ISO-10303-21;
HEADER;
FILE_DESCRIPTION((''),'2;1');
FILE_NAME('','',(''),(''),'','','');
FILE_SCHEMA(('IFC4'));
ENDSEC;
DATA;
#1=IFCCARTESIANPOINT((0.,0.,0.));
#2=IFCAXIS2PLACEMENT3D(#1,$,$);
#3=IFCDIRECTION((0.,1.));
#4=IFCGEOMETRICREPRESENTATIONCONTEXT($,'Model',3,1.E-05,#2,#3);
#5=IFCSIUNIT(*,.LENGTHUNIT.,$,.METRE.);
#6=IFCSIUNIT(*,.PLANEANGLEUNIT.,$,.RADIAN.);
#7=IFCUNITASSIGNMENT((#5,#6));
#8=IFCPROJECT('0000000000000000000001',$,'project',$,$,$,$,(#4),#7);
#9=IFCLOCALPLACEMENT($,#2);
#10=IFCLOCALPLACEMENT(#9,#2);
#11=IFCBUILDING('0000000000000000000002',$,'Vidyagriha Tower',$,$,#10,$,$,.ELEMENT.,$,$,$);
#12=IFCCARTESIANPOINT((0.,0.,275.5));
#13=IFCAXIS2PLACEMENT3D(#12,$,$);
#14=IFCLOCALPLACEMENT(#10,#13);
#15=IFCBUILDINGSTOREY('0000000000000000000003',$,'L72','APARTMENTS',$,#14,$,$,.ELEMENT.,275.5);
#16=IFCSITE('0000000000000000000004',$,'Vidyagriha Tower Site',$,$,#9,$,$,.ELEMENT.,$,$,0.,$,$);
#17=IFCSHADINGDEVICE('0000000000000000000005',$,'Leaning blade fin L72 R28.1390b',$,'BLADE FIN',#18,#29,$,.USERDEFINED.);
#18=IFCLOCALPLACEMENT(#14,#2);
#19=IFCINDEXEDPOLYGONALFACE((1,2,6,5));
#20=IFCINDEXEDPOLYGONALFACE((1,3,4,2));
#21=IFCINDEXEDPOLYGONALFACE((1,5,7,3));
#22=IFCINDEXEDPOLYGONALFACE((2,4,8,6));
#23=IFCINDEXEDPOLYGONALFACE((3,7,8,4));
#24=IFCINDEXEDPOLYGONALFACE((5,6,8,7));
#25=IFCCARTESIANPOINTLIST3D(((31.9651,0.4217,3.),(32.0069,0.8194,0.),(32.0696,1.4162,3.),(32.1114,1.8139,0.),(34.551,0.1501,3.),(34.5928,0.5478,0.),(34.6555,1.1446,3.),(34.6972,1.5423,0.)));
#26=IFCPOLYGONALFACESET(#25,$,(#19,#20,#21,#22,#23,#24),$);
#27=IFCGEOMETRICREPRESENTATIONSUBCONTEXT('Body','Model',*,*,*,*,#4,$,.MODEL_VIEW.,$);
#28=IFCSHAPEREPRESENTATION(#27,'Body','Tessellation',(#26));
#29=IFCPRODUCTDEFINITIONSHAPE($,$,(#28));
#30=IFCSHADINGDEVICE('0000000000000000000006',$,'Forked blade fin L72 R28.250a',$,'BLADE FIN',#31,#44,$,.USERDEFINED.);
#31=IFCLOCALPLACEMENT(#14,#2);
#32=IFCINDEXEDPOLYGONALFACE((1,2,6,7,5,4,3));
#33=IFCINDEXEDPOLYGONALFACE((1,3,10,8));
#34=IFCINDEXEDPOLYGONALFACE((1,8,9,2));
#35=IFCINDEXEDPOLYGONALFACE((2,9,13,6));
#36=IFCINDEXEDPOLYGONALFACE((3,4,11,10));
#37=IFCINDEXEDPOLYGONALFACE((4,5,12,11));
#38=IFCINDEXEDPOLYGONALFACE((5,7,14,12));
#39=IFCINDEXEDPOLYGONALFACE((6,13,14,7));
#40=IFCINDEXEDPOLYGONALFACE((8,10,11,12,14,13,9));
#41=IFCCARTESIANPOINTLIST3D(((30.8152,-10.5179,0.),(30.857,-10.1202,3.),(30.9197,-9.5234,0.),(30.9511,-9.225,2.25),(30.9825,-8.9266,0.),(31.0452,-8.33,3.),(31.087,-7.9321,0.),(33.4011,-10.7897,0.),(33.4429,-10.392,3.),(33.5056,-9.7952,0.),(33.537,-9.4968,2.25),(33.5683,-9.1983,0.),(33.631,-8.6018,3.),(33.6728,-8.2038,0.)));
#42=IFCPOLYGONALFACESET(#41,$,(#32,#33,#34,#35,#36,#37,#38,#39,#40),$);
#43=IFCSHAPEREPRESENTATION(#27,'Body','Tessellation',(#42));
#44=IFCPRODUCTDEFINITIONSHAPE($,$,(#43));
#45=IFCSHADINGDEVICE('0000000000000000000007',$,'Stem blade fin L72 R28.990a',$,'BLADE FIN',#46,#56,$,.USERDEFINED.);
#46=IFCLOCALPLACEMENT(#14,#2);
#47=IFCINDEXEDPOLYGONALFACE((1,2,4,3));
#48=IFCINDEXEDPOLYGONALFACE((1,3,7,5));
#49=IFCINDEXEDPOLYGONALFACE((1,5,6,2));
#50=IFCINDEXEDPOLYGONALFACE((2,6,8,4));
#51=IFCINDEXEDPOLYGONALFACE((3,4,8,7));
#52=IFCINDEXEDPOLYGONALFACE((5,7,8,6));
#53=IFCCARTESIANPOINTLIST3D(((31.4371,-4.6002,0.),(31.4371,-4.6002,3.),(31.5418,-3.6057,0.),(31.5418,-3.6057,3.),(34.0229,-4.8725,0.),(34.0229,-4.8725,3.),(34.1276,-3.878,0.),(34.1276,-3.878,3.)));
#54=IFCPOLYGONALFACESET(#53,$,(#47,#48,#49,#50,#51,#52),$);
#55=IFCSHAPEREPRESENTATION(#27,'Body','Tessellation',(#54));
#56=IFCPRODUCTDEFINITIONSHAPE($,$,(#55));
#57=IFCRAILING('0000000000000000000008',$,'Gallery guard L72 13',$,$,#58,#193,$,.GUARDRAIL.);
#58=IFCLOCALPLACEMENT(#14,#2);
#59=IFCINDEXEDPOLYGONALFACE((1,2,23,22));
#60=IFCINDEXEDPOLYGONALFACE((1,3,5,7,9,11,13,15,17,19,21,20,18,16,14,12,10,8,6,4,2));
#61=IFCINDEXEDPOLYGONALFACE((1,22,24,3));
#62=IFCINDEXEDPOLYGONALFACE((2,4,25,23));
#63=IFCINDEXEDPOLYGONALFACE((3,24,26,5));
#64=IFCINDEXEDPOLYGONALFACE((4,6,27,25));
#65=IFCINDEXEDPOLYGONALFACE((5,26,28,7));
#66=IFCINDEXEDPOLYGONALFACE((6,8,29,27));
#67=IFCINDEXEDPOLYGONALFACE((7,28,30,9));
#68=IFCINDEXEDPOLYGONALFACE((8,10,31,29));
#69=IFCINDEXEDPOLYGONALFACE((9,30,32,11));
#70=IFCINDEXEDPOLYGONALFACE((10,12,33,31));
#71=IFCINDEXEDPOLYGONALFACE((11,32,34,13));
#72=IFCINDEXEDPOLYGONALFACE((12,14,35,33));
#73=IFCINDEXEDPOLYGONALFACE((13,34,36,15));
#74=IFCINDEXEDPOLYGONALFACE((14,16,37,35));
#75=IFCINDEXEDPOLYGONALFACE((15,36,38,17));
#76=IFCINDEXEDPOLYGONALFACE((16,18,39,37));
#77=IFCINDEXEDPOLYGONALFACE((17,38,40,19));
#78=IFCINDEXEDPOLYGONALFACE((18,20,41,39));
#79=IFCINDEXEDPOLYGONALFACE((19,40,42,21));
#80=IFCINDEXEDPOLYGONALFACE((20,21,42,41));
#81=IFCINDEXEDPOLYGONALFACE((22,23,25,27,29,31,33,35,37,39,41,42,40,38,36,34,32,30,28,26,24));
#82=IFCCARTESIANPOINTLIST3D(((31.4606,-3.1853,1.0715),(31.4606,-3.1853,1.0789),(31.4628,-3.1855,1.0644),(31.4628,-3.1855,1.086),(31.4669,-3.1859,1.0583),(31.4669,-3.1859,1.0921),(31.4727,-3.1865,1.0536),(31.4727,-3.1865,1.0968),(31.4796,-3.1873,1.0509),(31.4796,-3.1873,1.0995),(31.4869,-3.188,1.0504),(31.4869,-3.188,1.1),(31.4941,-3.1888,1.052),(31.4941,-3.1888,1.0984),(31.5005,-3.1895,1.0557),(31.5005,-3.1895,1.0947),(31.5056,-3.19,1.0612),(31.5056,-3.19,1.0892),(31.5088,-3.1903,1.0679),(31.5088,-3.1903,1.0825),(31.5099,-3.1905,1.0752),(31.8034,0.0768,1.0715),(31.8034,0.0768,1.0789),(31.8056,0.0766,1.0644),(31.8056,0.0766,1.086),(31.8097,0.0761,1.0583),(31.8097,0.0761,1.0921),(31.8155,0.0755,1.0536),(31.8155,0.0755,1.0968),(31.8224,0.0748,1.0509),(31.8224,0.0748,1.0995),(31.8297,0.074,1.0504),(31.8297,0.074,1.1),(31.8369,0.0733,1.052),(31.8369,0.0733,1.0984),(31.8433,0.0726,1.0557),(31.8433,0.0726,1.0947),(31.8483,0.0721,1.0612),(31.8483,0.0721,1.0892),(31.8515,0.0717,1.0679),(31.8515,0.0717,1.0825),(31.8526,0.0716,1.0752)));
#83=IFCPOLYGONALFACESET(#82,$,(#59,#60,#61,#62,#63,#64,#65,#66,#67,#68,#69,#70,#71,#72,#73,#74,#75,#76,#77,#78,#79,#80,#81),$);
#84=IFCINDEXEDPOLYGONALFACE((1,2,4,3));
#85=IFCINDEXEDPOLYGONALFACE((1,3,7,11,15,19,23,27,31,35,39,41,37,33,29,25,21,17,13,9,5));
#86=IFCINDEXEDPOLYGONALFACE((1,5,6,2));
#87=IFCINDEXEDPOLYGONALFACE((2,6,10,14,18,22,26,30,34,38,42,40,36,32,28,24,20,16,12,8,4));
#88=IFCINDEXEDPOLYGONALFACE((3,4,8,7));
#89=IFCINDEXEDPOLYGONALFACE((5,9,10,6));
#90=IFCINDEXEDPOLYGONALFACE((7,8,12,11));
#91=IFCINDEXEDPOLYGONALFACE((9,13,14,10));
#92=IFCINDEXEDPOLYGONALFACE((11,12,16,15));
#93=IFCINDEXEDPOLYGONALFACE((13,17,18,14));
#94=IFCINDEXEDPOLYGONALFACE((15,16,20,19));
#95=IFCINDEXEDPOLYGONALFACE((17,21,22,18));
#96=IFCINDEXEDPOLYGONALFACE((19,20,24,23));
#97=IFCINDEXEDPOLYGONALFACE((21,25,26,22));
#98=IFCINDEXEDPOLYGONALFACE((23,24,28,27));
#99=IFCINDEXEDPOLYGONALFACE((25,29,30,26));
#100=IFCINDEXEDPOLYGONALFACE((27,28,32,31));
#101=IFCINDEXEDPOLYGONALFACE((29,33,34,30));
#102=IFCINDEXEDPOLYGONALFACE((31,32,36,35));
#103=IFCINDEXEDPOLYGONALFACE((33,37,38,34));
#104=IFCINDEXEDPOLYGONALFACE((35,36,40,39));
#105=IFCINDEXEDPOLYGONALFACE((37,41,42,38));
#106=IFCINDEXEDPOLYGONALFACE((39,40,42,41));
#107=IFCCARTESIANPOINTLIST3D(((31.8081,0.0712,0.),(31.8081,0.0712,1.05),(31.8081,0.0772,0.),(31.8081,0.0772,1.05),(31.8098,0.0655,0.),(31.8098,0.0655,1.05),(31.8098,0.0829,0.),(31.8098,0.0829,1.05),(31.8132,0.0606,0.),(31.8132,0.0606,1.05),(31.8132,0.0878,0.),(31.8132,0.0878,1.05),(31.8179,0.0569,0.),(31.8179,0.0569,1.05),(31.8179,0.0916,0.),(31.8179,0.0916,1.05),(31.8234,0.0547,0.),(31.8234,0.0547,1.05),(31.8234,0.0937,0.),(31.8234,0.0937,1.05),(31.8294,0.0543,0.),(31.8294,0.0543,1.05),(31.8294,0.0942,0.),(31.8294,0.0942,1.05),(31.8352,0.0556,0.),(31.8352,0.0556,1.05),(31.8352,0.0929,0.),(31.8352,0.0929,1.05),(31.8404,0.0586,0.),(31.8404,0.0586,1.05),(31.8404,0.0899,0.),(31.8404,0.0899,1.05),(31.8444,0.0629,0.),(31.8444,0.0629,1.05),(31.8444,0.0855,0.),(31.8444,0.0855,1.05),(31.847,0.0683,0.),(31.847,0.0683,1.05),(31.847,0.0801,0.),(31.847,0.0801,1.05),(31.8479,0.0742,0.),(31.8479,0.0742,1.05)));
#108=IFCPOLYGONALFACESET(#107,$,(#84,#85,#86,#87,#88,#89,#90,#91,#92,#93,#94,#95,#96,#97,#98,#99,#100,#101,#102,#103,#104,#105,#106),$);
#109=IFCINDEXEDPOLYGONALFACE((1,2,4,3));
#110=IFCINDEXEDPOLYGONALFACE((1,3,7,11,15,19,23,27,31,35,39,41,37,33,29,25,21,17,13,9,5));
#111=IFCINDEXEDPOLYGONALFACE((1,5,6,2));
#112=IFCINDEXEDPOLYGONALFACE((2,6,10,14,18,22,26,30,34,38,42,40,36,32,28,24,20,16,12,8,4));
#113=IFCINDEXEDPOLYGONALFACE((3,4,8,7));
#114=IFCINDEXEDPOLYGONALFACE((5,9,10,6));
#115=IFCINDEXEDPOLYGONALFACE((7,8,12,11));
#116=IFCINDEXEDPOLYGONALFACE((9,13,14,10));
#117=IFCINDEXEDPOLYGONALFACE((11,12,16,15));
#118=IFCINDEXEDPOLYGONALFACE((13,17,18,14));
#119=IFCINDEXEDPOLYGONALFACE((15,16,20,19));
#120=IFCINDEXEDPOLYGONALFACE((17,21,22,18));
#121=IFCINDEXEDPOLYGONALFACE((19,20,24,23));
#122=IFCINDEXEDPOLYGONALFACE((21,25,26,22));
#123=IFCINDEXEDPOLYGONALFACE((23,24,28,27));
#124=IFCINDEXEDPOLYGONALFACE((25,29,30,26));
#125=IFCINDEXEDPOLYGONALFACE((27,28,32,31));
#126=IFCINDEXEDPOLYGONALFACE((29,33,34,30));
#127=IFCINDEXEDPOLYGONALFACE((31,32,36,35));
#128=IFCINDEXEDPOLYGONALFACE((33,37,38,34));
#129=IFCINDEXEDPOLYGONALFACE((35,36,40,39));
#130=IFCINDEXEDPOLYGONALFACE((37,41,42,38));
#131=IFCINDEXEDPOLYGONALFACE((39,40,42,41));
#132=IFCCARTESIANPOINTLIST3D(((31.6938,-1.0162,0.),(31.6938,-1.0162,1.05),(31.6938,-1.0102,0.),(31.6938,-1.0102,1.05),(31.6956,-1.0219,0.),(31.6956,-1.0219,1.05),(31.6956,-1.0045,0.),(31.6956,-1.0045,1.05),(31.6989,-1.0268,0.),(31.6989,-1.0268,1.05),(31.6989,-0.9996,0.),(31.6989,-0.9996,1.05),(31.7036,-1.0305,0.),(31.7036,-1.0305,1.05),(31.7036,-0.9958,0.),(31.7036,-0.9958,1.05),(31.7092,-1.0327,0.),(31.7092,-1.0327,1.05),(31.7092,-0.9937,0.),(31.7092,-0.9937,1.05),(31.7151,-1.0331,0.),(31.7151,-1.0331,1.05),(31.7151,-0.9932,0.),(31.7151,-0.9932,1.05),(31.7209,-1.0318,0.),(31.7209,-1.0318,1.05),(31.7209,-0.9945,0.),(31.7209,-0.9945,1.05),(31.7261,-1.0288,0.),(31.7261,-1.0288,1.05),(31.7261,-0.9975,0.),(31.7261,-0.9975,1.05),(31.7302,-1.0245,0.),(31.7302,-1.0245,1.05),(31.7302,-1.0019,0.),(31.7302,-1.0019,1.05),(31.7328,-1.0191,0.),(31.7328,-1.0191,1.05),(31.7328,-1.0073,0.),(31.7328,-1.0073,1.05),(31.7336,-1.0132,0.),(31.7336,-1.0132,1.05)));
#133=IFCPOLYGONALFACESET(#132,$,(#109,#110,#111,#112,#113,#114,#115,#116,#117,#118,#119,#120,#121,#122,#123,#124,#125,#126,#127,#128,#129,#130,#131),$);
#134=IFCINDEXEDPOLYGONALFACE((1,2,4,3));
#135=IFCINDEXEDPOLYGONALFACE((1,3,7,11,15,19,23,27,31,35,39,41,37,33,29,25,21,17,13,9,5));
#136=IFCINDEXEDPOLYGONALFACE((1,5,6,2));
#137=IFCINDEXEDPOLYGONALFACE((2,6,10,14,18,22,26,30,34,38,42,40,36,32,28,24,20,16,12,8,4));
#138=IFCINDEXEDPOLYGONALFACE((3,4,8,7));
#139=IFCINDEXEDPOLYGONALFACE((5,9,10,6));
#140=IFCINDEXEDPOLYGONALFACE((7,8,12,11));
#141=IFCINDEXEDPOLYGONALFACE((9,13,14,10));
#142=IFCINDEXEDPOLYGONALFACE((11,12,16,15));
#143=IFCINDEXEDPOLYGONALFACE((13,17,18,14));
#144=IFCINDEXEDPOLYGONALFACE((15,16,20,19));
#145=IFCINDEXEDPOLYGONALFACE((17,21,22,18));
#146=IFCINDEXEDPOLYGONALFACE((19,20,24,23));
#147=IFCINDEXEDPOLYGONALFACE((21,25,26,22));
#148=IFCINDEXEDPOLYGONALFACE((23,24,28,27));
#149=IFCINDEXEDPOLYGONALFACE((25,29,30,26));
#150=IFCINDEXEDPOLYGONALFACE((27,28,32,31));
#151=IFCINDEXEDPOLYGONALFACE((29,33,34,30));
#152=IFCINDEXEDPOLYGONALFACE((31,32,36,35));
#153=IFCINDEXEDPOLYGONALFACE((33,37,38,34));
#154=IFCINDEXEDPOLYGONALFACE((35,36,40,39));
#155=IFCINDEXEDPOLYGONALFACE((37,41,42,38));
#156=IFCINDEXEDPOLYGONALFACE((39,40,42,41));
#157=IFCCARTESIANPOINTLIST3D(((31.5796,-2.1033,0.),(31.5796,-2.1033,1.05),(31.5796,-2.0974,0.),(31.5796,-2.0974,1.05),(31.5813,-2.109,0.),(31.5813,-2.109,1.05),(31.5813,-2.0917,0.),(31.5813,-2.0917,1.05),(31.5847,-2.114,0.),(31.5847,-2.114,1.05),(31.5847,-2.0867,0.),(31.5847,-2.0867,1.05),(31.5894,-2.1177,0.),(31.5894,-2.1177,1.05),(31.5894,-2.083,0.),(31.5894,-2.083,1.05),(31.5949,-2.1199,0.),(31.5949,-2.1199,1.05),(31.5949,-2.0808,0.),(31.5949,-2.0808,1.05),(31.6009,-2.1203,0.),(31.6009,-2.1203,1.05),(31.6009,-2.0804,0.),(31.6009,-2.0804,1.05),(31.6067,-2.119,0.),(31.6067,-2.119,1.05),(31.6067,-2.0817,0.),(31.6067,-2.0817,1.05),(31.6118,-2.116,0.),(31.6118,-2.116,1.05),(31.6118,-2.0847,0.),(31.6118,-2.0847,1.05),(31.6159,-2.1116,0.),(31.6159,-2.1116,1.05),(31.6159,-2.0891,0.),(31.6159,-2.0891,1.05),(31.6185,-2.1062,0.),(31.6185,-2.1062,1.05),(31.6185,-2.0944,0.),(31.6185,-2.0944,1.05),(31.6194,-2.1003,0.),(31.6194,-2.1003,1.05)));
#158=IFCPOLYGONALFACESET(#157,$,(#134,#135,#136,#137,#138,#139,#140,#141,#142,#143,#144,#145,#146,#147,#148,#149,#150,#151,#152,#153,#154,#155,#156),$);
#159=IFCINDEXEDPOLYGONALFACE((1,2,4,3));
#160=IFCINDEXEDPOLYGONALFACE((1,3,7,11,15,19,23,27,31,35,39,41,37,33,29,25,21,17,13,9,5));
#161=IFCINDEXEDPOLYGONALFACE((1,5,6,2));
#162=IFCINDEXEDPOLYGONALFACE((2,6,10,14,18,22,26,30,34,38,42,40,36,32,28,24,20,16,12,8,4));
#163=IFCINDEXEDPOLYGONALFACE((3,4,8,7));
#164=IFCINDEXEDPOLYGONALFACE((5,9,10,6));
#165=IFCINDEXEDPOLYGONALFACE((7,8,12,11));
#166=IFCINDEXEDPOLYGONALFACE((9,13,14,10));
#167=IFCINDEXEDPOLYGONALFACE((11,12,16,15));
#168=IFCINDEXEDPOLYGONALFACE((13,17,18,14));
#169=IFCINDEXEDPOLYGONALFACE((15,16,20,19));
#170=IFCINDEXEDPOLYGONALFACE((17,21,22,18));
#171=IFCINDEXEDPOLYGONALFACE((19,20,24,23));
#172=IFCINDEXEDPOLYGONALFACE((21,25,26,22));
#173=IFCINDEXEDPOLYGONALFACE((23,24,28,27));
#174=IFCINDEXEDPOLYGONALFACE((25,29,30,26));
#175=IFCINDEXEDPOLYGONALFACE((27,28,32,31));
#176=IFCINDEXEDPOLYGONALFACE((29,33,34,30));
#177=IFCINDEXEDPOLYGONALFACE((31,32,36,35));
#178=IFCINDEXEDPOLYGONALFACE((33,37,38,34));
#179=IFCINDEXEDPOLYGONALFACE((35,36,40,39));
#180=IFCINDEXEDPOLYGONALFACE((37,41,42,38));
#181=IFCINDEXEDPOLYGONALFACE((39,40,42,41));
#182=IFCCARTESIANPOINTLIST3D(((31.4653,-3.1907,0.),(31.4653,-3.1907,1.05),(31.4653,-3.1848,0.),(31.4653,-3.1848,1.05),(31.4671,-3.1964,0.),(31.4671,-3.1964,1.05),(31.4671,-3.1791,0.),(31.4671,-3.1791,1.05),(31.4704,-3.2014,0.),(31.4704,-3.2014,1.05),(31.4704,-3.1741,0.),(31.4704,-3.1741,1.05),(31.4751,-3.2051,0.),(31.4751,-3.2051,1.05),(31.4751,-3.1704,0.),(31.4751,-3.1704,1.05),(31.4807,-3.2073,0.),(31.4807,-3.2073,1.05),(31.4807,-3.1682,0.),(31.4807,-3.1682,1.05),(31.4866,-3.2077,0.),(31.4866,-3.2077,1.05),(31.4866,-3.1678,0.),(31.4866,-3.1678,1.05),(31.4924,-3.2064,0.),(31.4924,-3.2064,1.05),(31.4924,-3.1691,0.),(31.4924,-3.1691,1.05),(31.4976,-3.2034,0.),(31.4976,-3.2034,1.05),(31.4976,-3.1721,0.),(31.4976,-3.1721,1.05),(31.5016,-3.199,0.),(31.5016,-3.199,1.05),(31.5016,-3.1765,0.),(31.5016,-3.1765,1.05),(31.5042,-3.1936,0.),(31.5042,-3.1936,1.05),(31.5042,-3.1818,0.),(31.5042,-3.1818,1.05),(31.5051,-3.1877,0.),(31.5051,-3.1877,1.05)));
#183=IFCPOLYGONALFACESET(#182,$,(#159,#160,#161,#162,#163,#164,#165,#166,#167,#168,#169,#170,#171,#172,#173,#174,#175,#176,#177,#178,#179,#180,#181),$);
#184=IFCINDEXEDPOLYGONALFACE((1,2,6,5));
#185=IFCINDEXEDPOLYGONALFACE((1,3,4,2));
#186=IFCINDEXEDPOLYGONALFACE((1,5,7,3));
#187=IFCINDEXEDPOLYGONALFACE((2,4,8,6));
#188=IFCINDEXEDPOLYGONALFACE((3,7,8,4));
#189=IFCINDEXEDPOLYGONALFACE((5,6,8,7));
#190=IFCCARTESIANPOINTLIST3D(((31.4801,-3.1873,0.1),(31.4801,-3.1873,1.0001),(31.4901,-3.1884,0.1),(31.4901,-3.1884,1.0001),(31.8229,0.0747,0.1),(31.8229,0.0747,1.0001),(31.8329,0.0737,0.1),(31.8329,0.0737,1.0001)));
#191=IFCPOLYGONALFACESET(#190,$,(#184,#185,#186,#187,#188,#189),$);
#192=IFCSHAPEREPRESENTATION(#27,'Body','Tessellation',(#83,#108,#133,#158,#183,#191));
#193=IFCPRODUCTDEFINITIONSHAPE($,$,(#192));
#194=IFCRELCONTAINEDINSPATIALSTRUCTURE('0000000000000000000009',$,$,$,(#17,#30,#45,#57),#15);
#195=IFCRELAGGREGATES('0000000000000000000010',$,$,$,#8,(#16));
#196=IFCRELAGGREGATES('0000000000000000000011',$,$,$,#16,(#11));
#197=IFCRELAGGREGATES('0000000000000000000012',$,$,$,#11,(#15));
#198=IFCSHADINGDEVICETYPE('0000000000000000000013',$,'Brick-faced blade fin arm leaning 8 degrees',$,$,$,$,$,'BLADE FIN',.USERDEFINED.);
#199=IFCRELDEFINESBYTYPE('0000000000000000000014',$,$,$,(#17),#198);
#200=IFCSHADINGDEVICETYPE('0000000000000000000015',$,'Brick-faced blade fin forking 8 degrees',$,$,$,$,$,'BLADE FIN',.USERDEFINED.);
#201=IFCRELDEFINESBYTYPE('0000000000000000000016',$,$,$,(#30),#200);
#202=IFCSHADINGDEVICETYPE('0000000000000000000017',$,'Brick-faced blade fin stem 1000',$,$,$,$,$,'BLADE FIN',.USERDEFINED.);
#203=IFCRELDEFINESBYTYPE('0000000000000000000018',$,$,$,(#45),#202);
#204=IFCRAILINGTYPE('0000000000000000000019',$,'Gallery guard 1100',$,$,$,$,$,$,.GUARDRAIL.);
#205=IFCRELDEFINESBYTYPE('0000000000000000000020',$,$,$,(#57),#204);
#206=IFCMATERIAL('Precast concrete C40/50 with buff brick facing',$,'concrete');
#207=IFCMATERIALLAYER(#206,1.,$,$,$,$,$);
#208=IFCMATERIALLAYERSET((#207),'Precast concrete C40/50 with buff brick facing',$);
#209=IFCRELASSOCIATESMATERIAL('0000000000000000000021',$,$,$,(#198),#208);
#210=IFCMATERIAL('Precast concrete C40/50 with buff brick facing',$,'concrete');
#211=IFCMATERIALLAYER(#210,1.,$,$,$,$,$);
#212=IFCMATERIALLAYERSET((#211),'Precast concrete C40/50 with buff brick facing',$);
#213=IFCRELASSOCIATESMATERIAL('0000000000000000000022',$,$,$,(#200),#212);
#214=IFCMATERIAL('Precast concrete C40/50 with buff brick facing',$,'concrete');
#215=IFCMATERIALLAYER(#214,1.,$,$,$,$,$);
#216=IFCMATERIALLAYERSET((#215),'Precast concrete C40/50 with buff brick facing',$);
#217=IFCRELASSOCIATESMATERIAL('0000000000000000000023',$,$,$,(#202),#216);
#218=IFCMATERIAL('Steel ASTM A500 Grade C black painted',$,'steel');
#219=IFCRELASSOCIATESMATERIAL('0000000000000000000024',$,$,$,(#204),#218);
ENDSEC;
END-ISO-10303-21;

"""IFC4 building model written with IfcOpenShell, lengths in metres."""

from ifc_helpers import new_model, si_unit, direction, frame, origin, origin_2d, place, context, subcontext, project, spatial, polyline, rectangle, circle, outline, extrude, material, layer, layer_set, type_object, element, save


model = new_model("IFC4")

# Units and contexts
model_context = context("Model", 3, precision=1e-05, world=origin(), true_north=direction((0.0, 1.0)))
body_context = subcontext(model_context, "Body", "Model", "MODEL_VIEW")
ifc_project = project(units=[si_unit("LENGTHUNIT", "METRE"), si_unit("PLANEANGLEUNIT", "RADIAN")], contexts=[model_context])

# Site, building, storey
site_placement = place(None, origin())
site = spatial("IfcSite", under=ifc_project, at=site_placement, Name="Vidyagriha Tower Site", CompositionType="ELEMENT", RefElevation=0.0)
building_placement = place(site_placement, origin())
building = spatial("IfcBuilding", under=site, at=building_placement, Name="Vidyagriha Tower", CompositionType="ELEMENT")
storey_placement = place(building_placement, frame((0.0, 0.0, 275.5)))
storey = spatial("IfcBuildingStorey", under=building, at=storey_placement, Name="L72", Description="APARTMENTS", CompositionType="ELEMENT", Elevation=275.5)

# Shading devices
ifc_material_1 = material(Name="Precast concrete C40/50 with buff brick facing", Category="concrete")
ifc_layer_1 = layer(ifc_material_1, 1.0)
ifc_layer_set_1 = layer_set([ifc_layer_1], Name="Precast concrete C40/50 with buff brick facing")
shading_device_type_1 = type_object("IfcShadingDeviceType", Name="Brick-faced blade fin arm leaning 8 degrees", ElementType="BLADE FIN", PredefinedType="USERDEFINED", material=ifc_layer_set_1)
shading_device_1_placement = place(storey_placement, frame((33.2581, 0.2859, 0.0), z_axis=(0.0, 0.0, 1.0), x_axis=(0.104458, 0.994529, 0.0)))
element("IfcShadingDevice", 1, at=shading_device_1_placement, inside=storey, type_object=shading_device_type_1, Name="Leaning blade fin L72 R28.1390b", ObjectType="BLADE FIN", PredefinedType="USERDEFINED", context=body_context, shape_type="SweptSolid", body=[
    extrude(outline(polyline([(0.3999, 0.0), (1.3999, 0.0), (1.0, 3.0), (0.0, 3.0), (0.3999, 0.0)])), frame((0.0, 1.3, 0.0), z_axis=(0.0, -1.0, 0.0), x_axis=(1.0, 0.0, 0.0)), (0.0, 0.0, 1.0), 2.6001),
])
ifc_material_2 = material(Name="Precast concrete C40/50 with buff brick facing", Category="concrete")
ifc_layer_2 = layer(ifc_material_2, 1.0)
ifc_layer_set_2 = layer_set([ifc_layer_2], Name="Precast concrete C40/50 with buff brick facing")
shading_device_type_2 = type_object("IfcShadingDeviceType", Name="Brick-faced blade fin forking 8 degrees", ElementType="BLADE FIN", PredefinedType="USERDEFINED", material=ifc_layer_set_2)
shading_device_2_placement = place(storey_placement, frame((32.1082, -10.6538, 0.0), z_axis=(0.0, 0.0, 1.0), x_axis=(0.104514, 0.994523, 0.0)))
element("IfcShadingDevice", 2, at=shading_device_2_placement, inside=storey, type_object=shading_device_type_2, Name="Forked blade fin L72 R28.250a", ObjectType="BLADE FIN", PredefinedType="USERDEFINED", context=body_context, shape_type="SweptSolid", body=[
    extrude(outline(polyline([(1.0, 0.0), (1.3, 2.25), (1.6001, 0.0), (2.6001, 0.0), (2.2, 3.0), (0.3999, 3.0), (0.0, 0.0), (1.0, 0.0)])), frame((0.0, 1.3, 0.0), z_axis=(0.0, -1.0, 0.0), x_axis=(1.0, 0.0, 0.0)), (0.0, 0.0, 1.0), 2.6001),
])
ifc_material_3 = material(Name="Precast concrete C40/50 with buff brick facing", Category="concrete")
ifc_layer_3 = layer(ifc_material_3, 1.0)
ifc_layer_set_3 = layer_set([ifc_layer_3], Name="Precast concrete C40/50 with buff brick facing")
shading_device_type_3 = type_object("IfcShadingDeviceType", Name="Brick-faced blade fin stem 1000", ElementType="BLADE FIN", PredefinedType="USERDEFINED", material=ifc_layer_set_3)
shading_device_3_placement = place(storey_placement, frame((32.73, -4.7363, 0.0), z_axis=(0.0, 0.0, 1.0), x_axis=(0.104748, 0.994499, 0.0)))
element("IfcShadingDevice", 3, at=shading_device_3_placement, inside=storey, type_object=shading_device_type_3, Name="Stem blade fin L72 R28.990a", ObjectType="BLADE FIN", PredefinedType="USERDEFINED", context=body_context, shape_type="SweptSolid", body=[
    extrude(outline(polyline([(0.0, 0.0), (1.0, 0.0), (1.0, 3.0), (0.0, 3.0), (0.0, 0.0)])), frame((0.0, 1.3, 0.0), z_axis=(0.0, -1.0, 0.0), x_axis=(1.0, 0.0, 0.0)), (0.0, 0.0, 1.0), 2.6001),
])

# Railing
ifc_material_4 = material(Name="Steel ASTM A500 Grade C black painted", Category="steel")
railing_type_1 = type_object("IfcRailingType", Name="Gallery guard 1100", PredefinedType="GUARDRAIL", material=ifc_material_4)
railing_1_placement = place(storey_placement, frame((31.8279, 0.0742, 0.0)))
element("IfcRailing", 4, at=railing_1_placement, inside=storey, type_object=railing_type_1, Name="Gallery guard L72 13", PredefinedType="GUARDRAIL", context=body_context, shape_type="SweptSolid", body=[
    extrude(circle(Radius=0.0249, at=origin_2d()), frame((0.0, 0.0, 1.0752), z_axis=(-0.104507, -0.994524, 0.0), x_axis=(0.994524, -0.104507, 0.0)), (0.0, 0.0, 1.0), 3.28),
    extrude(circle(Radius=0.02, at=origin_2d()), origin(), (0.0, 0.0, 1.0), 1.05),
    extrude(circle(Radius=0.02, at=origin_2d()), frame((-0.1143, -1.0874, 0.0)), (0.0, 0.0, 1.0), 1.05),
    extrude(circle(Radius=0.02, at=origin_2d()), frame((-0.2285, -2.1746, 0.0)), (0.0, 0.0, 1.0), 1.05),
    extrude(circle(Radius=0.02, at=origin_2d()), frame((-0.3428, -3.262, 0.0)), (0.0, 0.0, 1.0), 1.05),
    extrude(rectangle(XDim=0.01, YDim=0.9001, at=origin_2d()), frame((0.0, 0.0, 0.55), z_axis=(-0.104507, -0.994524, 0.0), x_axis=(0.994524, -0.104507, 0.0)), (0.0, 0.0, 1.0), 3.28),
])

save(model, "model.ifc")
